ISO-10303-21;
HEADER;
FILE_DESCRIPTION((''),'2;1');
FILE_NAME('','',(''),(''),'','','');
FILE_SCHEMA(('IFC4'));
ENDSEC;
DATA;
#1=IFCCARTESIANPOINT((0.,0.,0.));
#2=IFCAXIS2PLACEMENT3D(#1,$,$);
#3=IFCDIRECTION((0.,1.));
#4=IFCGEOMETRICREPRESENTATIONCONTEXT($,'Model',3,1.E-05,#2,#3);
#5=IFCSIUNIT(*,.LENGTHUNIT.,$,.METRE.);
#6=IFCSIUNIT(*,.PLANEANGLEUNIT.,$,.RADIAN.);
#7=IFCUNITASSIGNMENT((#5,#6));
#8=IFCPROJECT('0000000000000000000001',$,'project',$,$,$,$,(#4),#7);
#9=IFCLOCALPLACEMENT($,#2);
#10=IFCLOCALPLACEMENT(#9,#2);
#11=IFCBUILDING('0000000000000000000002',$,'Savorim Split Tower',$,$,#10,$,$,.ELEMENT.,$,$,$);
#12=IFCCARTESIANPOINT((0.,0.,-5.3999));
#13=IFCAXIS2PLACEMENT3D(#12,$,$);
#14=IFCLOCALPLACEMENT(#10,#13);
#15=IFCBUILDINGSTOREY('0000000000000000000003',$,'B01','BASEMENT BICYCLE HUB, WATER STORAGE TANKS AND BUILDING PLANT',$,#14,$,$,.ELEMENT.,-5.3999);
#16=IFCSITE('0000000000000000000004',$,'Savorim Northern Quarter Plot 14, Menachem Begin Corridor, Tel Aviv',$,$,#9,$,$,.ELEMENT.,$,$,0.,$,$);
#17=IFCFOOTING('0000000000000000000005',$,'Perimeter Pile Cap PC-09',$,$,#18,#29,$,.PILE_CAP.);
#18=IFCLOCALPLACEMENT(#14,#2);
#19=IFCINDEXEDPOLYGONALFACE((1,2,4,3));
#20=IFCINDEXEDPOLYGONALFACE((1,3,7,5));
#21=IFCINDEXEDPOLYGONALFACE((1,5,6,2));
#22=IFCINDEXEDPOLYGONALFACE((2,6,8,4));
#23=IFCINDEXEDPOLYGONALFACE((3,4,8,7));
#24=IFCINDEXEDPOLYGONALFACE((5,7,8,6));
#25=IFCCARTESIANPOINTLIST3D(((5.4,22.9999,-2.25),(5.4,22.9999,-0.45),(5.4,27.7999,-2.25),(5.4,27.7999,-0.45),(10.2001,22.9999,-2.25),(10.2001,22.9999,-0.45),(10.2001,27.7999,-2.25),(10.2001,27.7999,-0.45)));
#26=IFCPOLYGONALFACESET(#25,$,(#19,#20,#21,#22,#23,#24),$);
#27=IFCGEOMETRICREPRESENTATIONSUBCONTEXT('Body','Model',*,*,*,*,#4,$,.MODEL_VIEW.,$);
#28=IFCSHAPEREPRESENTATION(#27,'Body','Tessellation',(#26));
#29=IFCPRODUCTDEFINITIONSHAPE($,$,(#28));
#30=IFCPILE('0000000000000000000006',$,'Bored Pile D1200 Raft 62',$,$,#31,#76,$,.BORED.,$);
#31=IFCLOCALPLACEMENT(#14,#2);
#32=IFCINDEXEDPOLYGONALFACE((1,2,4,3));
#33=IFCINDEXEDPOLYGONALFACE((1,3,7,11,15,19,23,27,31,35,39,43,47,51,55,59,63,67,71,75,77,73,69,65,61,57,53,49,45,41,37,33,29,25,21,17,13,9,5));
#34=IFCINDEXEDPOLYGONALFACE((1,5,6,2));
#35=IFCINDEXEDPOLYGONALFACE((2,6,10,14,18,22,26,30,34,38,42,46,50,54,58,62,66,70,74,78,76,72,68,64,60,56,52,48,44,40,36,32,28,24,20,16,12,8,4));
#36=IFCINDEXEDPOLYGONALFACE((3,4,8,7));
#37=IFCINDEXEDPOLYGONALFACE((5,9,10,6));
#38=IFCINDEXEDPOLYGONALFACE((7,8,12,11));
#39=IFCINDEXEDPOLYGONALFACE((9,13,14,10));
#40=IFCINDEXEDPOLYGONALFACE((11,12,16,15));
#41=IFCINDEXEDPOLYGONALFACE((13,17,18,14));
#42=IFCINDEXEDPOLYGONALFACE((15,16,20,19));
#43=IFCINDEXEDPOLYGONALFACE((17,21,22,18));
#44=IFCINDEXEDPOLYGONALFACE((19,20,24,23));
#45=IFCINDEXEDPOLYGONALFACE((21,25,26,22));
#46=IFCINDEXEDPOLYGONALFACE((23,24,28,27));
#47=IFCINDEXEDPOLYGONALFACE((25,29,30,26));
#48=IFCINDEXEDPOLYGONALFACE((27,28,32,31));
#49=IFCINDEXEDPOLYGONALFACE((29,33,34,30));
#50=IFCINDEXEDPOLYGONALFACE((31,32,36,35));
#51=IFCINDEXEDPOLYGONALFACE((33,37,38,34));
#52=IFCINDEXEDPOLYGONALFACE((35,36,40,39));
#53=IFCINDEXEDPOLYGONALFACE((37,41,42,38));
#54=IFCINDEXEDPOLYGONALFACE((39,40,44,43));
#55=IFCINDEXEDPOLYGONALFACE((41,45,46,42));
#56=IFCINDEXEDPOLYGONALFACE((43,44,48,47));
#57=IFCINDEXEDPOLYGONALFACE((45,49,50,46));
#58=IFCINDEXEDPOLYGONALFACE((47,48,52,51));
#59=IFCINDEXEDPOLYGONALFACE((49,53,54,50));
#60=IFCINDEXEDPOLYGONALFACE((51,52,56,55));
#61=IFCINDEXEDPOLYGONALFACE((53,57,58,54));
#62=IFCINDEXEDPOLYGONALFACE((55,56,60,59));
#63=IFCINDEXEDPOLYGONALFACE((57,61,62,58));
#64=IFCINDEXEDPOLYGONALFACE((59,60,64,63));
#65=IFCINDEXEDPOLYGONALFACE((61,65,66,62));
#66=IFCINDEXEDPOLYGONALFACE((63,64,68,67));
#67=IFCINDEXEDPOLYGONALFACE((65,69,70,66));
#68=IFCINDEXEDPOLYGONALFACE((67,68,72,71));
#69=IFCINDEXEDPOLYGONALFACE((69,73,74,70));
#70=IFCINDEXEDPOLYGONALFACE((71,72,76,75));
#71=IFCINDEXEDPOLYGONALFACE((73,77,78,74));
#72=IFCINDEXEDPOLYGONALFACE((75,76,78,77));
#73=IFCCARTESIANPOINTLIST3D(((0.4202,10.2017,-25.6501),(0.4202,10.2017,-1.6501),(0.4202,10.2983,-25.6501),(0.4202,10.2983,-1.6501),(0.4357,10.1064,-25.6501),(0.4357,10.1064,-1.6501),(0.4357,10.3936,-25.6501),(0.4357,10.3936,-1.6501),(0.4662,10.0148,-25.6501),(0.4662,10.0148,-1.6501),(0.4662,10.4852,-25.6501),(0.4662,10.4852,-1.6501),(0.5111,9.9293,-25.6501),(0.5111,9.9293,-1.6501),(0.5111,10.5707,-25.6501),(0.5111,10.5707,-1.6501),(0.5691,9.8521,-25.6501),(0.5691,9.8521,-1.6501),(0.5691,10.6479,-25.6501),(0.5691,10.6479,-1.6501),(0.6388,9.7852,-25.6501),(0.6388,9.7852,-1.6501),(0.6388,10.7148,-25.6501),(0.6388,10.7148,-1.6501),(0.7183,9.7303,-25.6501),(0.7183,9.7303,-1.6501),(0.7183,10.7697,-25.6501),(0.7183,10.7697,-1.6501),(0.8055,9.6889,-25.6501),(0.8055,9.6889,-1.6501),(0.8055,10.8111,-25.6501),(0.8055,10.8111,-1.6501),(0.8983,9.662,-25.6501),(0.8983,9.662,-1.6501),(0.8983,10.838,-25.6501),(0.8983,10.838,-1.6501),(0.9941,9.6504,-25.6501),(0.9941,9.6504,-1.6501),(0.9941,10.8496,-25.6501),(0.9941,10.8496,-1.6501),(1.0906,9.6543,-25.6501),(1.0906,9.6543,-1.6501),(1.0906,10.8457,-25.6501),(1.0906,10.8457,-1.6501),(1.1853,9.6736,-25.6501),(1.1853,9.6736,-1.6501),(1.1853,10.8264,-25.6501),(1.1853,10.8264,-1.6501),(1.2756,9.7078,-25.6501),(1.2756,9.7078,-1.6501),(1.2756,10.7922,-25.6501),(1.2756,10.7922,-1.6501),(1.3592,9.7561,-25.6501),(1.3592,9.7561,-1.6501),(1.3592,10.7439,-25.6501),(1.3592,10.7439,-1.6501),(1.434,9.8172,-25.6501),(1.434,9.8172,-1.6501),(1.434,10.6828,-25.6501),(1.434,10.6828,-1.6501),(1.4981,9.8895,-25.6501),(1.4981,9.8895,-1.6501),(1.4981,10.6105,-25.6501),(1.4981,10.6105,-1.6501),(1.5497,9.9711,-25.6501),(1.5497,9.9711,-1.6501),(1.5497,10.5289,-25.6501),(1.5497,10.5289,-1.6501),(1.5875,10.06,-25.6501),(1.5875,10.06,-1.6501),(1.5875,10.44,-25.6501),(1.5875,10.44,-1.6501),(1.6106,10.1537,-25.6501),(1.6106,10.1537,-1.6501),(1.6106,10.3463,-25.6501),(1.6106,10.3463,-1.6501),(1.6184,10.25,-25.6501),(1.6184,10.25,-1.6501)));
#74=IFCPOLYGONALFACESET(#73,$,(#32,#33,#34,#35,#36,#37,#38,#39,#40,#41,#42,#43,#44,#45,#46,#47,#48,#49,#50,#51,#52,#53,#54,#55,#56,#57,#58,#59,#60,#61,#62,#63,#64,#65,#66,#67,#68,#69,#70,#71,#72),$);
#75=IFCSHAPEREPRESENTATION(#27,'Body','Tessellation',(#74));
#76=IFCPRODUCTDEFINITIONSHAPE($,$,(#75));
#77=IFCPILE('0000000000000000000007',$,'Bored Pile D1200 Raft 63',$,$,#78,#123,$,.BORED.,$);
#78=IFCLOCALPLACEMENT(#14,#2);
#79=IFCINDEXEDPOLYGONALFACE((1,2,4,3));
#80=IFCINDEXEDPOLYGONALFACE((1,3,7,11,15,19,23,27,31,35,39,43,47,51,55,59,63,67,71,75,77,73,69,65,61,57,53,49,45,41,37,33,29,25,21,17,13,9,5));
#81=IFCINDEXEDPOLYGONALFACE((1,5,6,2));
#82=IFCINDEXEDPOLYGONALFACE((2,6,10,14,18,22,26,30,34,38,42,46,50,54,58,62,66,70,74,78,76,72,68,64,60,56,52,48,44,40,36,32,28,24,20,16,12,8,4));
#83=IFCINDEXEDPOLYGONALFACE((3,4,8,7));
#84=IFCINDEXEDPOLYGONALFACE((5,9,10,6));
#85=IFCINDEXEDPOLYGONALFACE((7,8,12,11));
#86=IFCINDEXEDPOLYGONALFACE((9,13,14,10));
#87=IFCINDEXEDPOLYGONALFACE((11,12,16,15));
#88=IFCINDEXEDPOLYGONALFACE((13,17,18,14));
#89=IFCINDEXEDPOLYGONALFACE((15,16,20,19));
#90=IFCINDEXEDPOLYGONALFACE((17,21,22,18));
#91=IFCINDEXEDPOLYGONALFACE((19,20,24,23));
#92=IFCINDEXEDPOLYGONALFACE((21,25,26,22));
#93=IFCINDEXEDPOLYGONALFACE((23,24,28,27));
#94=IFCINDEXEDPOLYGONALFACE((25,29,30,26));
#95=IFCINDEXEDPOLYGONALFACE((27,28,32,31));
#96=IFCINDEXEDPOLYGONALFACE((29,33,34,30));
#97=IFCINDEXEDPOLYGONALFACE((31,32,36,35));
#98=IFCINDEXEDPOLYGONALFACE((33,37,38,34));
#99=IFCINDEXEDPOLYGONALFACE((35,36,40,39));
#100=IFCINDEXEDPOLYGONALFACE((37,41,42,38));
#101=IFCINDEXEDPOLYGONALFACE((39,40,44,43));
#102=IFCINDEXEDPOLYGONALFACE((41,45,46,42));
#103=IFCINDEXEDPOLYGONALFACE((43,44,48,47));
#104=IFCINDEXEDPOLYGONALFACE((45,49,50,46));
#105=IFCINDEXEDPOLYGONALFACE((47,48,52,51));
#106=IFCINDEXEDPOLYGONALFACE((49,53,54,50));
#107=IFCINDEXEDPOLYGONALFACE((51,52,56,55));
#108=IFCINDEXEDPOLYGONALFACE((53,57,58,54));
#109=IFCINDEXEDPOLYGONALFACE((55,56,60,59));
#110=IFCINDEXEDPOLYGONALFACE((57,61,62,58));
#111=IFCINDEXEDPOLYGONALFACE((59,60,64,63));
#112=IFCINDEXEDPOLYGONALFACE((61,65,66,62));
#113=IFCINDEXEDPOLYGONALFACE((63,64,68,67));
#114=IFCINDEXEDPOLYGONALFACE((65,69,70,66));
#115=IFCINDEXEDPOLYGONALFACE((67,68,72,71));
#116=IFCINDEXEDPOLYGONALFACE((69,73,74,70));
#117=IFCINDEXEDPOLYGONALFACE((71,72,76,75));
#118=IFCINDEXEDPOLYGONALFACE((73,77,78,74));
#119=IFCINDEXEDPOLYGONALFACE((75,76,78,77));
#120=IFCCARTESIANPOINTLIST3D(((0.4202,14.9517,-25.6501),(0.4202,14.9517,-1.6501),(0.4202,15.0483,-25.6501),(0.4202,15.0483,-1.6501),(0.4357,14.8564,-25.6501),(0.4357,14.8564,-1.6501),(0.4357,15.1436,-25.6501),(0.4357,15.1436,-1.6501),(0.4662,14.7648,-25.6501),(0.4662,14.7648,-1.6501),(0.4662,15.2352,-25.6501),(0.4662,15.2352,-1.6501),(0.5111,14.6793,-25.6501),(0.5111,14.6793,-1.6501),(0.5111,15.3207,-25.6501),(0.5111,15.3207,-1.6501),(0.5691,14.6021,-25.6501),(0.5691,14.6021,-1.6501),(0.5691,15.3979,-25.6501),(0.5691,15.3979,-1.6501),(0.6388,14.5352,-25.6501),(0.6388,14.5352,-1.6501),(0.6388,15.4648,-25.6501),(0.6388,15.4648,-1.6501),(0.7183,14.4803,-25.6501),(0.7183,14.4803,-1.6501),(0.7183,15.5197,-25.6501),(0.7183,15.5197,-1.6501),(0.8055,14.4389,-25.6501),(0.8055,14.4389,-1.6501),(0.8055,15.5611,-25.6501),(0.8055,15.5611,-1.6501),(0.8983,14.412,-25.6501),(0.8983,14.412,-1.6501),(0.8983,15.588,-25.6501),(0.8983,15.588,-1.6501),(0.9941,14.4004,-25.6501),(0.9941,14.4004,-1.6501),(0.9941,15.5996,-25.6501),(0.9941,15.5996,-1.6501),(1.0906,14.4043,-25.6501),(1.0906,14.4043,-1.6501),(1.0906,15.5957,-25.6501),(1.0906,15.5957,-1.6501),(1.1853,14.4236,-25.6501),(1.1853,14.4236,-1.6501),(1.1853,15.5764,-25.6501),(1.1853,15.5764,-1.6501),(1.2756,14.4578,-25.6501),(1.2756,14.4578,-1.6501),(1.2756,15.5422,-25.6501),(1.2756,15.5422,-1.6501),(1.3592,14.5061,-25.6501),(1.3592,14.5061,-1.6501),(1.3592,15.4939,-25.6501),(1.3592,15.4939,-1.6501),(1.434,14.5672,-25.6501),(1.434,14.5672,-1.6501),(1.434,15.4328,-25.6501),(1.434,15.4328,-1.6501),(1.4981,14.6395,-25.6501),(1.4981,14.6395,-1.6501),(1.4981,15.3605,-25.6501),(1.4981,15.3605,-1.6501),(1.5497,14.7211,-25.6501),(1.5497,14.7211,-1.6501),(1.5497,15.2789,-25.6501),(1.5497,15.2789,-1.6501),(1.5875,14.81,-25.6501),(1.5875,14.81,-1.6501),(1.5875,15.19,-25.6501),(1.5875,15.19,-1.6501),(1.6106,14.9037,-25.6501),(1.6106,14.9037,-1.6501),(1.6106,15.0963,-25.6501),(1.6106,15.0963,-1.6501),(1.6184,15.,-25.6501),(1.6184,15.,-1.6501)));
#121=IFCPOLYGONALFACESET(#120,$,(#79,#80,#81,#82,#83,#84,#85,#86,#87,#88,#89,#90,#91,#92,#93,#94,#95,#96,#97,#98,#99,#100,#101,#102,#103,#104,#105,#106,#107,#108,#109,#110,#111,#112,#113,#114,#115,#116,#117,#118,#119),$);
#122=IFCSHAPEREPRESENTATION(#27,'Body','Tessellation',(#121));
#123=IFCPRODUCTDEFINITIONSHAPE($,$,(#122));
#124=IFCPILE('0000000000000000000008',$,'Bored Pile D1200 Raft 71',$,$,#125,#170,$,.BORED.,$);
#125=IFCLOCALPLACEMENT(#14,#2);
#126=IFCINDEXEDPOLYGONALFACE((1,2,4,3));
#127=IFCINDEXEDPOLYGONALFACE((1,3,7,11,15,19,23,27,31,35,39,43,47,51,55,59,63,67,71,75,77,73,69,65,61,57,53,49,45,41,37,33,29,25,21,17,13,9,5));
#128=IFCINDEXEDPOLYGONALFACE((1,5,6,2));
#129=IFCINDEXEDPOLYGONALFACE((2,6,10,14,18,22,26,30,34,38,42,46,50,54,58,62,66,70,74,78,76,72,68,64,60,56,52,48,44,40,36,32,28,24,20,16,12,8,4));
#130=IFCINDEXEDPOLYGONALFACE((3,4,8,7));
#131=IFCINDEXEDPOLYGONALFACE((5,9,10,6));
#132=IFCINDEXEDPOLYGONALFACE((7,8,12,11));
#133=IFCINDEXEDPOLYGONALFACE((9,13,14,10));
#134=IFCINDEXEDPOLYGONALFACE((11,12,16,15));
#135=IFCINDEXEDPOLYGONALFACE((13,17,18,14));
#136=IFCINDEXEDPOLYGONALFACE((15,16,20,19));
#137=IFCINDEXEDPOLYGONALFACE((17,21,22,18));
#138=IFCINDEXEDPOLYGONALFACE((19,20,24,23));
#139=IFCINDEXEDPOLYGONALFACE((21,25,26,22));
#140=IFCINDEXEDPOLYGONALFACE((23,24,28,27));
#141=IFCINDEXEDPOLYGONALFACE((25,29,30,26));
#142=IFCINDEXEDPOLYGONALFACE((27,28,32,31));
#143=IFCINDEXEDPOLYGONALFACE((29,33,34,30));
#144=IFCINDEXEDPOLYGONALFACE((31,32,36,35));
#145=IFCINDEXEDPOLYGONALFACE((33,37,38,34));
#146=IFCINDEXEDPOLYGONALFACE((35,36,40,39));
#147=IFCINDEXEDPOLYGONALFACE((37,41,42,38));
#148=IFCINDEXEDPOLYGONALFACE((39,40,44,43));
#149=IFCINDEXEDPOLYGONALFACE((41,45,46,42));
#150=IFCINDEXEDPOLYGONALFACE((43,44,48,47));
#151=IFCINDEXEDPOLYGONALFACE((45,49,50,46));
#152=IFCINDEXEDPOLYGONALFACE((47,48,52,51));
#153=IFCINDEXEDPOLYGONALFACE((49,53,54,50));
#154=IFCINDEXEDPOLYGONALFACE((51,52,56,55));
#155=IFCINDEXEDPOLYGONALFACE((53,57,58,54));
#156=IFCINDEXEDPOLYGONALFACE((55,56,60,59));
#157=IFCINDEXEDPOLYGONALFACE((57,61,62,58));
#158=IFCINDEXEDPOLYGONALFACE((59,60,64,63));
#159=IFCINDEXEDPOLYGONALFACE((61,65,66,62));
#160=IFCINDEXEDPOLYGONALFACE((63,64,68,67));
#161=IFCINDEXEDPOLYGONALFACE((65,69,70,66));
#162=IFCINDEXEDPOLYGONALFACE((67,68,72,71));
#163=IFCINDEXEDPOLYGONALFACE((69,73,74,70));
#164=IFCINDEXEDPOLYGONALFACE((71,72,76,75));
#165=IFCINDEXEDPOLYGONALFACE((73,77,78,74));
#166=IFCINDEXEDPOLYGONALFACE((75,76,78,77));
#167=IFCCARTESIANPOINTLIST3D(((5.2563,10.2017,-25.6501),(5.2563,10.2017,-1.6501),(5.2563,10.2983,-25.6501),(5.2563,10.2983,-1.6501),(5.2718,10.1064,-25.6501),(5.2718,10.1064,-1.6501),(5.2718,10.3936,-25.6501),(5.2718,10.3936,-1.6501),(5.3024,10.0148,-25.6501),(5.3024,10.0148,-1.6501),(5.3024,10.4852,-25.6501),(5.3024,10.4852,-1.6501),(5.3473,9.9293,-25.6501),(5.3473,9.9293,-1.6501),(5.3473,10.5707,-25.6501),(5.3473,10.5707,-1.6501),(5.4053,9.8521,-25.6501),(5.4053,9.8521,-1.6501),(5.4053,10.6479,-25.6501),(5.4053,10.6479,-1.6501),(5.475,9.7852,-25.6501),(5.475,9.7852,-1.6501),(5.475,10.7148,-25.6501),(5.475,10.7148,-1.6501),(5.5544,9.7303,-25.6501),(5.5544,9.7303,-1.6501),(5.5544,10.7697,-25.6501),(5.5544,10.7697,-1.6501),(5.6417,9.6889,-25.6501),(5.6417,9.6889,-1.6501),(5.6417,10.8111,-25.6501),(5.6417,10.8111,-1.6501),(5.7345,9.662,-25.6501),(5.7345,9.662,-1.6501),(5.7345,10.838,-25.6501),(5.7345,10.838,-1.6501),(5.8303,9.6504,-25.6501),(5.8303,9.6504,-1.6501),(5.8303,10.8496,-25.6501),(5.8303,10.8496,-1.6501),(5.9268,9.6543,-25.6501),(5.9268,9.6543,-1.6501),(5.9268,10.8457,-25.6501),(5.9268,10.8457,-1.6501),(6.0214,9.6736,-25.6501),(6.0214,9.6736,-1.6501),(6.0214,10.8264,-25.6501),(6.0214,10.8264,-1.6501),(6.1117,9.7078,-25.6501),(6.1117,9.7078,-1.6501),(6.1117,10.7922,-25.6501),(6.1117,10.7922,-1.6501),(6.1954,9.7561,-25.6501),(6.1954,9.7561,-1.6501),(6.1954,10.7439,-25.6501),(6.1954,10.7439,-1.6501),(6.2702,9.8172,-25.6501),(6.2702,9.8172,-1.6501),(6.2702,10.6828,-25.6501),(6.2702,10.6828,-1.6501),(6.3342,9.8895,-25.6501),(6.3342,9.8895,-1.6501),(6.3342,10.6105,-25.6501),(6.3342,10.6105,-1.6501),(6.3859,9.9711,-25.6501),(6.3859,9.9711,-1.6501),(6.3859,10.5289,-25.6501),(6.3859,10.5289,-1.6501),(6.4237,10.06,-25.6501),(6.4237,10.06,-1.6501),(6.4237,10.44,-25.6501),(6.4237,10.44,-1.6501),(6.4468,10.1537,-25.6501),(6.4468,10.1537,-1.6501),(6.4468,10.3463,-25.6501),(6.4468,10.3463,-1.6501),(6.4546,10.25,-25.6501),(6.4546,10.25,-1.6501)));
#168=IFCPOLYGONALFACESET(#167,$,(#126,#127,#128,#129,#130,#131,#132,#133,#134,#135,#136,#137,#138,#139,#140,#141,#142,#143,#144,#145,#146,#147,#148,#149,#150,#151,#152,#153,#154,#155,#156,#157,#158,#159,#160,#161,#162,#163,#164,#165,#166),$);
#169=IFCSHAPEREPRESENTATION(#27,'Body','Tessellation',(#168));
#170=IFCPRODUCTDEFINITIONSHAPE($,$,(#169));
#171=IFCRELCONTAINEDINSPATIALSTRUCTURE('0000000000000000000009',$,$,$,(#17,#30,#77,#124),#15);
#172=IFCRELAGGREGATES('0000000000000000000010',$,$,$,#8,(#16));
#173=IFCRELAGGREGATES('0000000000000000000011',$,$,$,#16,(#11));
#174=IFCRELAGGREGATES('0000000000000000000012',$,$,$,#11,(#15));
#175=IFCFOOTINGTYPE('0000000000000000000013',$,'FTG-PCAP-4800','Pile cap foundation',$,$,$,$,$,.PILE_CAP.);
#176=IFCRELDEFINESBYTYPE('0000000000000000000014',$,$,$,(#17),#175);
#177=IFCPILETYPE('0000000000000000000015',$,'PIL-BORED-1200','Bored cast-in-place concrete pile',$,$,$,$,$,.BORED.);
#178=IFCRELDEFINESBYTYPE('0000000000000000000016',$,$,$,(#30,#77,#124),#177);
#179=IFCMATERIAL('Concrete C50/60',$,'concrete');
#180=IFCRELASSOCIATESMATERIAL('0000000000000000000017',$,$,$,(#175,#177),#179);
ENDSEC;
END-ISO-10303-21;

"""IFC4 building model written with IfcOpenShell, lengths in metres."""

from ifc_helpers import new_model, si_unit, direction, frame, origin, origin_2d, place, context, subcontext, project, spatial, rectangle, circle, extrude, material, material_profile, profile_set, type_object, element, save


model = new_model("IFC4")

# Units and contexts
model_context = context("Model", 3, precision=1e-05, world=origin(), true_north=direction((0.0, 1.0)))
body_context = subcontext(model_context, "Body", "Model", "MODEL_VIEW")
ifc_project = project(units=[si_unit("LENGTHUNIT", "METRE"), si_unit("PLANEANGLEUNIT", "RADIAN")], contexts=[model_context])

# Site, building, storey
site_placement = place(None, origin())
site = spatial("IfcSite", under=ifc_project, at=site_placement, Name="Savorim Northern Quarter Plot 14, Menachem Begin Corridor, Tel Aviv", CompositionType="ELEMENT", RefElevation=0.0)
building_placement = place(site_placement, origin())
building = spatial("IfcBuilding", under=site, at=building_placement, Name="Savorim Split Tower", CompositionType="ELEMENT")
storey_placement = place(building_placement, frame((0.0, 0.0, -5.3999)))
storey = spatial("IfcBuildingStorey", under=building, at=storey_placement, Name="B01", Description="BASEMENT BICYCLE HUB, WATER STORAGE TANKS AND BUILDING PLANT", CompositionType="ELEMENT", Elevation=-5.3999)

# Footing
ifc_material_1 = material(Name="Concrete C50/60", Category="concrete")
footing_type = type_object("IfcFootingType", Name="FTG-PCAP-4800", Description="Pile cap foundation", PredefinedType="PILE_CAP", material=ifc_material_1)
footing_placement = place(storey_placement, frame((7.8, 25.3999, -2.25), z_axis=(0.0, 0.0, 1.0), x_axis=(1.0, 0.0, 0.0)))
element("IfcFooting", 1, at=footing_placement, inside=storey, type_object=footing_type, Name="Perimeter Pile Cap PC-09", PredefinedType="PILE_CAP", context=body_context, shape_type="SweptSolid", body=[
    extrude(rectangle(XDim=4.8, YDim=4.8, at=origin_2d()), origin(), (0.0, 0.0, 1.0), 1.8),
])

# Piles
ifc_material_profile_1 = material_profile(ifc_material_1, circle(Radius=0.6001, at=origin_2d()), Name="PILE D1200")
ifc_profile_set_1 = profile_set([ifc_material_profile_1], Name="Concrete C50/60")
pile_type = type_object("IfcPileType", Name="PIL-BORED-1200", Description="Bored cast-in-place concrete pile", PredefinedType="BORED", material=ifc_profile_set_1)
for number, where, z_axis, x_axis, name in (
    (2, (1.0183, 10.25, -1.6501), (0.0, 0.0, -1.0), (1.0, 0.0, 0.0), "Bored Pile D1200 Raft 62"),
    (3, (1.0183, 15.0, -1.6501), (0.0, 0.0, -1.0), (1.0, 0.0, 0.0), "Bored Pile D1200 Raft 63"),
    (4, (5.8545, 10.25, -1.6501), (0.0, 0.0, -1.0), (1.0, 0.0, 0.0), "Bored Pile D1200 Raft 71"),
):
    element("IfcPile", number, at=place(storey_placement, frame(where, z_axis=z_axis, x_axis=x_axis)), inside=storey, type_object=pile_type, Name=name, PredefinedType="BORED", context=body_context, shape_type="SweptSolid", body=[
        extrude(circle(Radius=0.6001, at=origin_2d()), origin(), (0.0, 0.0, 1.0), 24.0),
    ])

save(model, "model.ifc")
